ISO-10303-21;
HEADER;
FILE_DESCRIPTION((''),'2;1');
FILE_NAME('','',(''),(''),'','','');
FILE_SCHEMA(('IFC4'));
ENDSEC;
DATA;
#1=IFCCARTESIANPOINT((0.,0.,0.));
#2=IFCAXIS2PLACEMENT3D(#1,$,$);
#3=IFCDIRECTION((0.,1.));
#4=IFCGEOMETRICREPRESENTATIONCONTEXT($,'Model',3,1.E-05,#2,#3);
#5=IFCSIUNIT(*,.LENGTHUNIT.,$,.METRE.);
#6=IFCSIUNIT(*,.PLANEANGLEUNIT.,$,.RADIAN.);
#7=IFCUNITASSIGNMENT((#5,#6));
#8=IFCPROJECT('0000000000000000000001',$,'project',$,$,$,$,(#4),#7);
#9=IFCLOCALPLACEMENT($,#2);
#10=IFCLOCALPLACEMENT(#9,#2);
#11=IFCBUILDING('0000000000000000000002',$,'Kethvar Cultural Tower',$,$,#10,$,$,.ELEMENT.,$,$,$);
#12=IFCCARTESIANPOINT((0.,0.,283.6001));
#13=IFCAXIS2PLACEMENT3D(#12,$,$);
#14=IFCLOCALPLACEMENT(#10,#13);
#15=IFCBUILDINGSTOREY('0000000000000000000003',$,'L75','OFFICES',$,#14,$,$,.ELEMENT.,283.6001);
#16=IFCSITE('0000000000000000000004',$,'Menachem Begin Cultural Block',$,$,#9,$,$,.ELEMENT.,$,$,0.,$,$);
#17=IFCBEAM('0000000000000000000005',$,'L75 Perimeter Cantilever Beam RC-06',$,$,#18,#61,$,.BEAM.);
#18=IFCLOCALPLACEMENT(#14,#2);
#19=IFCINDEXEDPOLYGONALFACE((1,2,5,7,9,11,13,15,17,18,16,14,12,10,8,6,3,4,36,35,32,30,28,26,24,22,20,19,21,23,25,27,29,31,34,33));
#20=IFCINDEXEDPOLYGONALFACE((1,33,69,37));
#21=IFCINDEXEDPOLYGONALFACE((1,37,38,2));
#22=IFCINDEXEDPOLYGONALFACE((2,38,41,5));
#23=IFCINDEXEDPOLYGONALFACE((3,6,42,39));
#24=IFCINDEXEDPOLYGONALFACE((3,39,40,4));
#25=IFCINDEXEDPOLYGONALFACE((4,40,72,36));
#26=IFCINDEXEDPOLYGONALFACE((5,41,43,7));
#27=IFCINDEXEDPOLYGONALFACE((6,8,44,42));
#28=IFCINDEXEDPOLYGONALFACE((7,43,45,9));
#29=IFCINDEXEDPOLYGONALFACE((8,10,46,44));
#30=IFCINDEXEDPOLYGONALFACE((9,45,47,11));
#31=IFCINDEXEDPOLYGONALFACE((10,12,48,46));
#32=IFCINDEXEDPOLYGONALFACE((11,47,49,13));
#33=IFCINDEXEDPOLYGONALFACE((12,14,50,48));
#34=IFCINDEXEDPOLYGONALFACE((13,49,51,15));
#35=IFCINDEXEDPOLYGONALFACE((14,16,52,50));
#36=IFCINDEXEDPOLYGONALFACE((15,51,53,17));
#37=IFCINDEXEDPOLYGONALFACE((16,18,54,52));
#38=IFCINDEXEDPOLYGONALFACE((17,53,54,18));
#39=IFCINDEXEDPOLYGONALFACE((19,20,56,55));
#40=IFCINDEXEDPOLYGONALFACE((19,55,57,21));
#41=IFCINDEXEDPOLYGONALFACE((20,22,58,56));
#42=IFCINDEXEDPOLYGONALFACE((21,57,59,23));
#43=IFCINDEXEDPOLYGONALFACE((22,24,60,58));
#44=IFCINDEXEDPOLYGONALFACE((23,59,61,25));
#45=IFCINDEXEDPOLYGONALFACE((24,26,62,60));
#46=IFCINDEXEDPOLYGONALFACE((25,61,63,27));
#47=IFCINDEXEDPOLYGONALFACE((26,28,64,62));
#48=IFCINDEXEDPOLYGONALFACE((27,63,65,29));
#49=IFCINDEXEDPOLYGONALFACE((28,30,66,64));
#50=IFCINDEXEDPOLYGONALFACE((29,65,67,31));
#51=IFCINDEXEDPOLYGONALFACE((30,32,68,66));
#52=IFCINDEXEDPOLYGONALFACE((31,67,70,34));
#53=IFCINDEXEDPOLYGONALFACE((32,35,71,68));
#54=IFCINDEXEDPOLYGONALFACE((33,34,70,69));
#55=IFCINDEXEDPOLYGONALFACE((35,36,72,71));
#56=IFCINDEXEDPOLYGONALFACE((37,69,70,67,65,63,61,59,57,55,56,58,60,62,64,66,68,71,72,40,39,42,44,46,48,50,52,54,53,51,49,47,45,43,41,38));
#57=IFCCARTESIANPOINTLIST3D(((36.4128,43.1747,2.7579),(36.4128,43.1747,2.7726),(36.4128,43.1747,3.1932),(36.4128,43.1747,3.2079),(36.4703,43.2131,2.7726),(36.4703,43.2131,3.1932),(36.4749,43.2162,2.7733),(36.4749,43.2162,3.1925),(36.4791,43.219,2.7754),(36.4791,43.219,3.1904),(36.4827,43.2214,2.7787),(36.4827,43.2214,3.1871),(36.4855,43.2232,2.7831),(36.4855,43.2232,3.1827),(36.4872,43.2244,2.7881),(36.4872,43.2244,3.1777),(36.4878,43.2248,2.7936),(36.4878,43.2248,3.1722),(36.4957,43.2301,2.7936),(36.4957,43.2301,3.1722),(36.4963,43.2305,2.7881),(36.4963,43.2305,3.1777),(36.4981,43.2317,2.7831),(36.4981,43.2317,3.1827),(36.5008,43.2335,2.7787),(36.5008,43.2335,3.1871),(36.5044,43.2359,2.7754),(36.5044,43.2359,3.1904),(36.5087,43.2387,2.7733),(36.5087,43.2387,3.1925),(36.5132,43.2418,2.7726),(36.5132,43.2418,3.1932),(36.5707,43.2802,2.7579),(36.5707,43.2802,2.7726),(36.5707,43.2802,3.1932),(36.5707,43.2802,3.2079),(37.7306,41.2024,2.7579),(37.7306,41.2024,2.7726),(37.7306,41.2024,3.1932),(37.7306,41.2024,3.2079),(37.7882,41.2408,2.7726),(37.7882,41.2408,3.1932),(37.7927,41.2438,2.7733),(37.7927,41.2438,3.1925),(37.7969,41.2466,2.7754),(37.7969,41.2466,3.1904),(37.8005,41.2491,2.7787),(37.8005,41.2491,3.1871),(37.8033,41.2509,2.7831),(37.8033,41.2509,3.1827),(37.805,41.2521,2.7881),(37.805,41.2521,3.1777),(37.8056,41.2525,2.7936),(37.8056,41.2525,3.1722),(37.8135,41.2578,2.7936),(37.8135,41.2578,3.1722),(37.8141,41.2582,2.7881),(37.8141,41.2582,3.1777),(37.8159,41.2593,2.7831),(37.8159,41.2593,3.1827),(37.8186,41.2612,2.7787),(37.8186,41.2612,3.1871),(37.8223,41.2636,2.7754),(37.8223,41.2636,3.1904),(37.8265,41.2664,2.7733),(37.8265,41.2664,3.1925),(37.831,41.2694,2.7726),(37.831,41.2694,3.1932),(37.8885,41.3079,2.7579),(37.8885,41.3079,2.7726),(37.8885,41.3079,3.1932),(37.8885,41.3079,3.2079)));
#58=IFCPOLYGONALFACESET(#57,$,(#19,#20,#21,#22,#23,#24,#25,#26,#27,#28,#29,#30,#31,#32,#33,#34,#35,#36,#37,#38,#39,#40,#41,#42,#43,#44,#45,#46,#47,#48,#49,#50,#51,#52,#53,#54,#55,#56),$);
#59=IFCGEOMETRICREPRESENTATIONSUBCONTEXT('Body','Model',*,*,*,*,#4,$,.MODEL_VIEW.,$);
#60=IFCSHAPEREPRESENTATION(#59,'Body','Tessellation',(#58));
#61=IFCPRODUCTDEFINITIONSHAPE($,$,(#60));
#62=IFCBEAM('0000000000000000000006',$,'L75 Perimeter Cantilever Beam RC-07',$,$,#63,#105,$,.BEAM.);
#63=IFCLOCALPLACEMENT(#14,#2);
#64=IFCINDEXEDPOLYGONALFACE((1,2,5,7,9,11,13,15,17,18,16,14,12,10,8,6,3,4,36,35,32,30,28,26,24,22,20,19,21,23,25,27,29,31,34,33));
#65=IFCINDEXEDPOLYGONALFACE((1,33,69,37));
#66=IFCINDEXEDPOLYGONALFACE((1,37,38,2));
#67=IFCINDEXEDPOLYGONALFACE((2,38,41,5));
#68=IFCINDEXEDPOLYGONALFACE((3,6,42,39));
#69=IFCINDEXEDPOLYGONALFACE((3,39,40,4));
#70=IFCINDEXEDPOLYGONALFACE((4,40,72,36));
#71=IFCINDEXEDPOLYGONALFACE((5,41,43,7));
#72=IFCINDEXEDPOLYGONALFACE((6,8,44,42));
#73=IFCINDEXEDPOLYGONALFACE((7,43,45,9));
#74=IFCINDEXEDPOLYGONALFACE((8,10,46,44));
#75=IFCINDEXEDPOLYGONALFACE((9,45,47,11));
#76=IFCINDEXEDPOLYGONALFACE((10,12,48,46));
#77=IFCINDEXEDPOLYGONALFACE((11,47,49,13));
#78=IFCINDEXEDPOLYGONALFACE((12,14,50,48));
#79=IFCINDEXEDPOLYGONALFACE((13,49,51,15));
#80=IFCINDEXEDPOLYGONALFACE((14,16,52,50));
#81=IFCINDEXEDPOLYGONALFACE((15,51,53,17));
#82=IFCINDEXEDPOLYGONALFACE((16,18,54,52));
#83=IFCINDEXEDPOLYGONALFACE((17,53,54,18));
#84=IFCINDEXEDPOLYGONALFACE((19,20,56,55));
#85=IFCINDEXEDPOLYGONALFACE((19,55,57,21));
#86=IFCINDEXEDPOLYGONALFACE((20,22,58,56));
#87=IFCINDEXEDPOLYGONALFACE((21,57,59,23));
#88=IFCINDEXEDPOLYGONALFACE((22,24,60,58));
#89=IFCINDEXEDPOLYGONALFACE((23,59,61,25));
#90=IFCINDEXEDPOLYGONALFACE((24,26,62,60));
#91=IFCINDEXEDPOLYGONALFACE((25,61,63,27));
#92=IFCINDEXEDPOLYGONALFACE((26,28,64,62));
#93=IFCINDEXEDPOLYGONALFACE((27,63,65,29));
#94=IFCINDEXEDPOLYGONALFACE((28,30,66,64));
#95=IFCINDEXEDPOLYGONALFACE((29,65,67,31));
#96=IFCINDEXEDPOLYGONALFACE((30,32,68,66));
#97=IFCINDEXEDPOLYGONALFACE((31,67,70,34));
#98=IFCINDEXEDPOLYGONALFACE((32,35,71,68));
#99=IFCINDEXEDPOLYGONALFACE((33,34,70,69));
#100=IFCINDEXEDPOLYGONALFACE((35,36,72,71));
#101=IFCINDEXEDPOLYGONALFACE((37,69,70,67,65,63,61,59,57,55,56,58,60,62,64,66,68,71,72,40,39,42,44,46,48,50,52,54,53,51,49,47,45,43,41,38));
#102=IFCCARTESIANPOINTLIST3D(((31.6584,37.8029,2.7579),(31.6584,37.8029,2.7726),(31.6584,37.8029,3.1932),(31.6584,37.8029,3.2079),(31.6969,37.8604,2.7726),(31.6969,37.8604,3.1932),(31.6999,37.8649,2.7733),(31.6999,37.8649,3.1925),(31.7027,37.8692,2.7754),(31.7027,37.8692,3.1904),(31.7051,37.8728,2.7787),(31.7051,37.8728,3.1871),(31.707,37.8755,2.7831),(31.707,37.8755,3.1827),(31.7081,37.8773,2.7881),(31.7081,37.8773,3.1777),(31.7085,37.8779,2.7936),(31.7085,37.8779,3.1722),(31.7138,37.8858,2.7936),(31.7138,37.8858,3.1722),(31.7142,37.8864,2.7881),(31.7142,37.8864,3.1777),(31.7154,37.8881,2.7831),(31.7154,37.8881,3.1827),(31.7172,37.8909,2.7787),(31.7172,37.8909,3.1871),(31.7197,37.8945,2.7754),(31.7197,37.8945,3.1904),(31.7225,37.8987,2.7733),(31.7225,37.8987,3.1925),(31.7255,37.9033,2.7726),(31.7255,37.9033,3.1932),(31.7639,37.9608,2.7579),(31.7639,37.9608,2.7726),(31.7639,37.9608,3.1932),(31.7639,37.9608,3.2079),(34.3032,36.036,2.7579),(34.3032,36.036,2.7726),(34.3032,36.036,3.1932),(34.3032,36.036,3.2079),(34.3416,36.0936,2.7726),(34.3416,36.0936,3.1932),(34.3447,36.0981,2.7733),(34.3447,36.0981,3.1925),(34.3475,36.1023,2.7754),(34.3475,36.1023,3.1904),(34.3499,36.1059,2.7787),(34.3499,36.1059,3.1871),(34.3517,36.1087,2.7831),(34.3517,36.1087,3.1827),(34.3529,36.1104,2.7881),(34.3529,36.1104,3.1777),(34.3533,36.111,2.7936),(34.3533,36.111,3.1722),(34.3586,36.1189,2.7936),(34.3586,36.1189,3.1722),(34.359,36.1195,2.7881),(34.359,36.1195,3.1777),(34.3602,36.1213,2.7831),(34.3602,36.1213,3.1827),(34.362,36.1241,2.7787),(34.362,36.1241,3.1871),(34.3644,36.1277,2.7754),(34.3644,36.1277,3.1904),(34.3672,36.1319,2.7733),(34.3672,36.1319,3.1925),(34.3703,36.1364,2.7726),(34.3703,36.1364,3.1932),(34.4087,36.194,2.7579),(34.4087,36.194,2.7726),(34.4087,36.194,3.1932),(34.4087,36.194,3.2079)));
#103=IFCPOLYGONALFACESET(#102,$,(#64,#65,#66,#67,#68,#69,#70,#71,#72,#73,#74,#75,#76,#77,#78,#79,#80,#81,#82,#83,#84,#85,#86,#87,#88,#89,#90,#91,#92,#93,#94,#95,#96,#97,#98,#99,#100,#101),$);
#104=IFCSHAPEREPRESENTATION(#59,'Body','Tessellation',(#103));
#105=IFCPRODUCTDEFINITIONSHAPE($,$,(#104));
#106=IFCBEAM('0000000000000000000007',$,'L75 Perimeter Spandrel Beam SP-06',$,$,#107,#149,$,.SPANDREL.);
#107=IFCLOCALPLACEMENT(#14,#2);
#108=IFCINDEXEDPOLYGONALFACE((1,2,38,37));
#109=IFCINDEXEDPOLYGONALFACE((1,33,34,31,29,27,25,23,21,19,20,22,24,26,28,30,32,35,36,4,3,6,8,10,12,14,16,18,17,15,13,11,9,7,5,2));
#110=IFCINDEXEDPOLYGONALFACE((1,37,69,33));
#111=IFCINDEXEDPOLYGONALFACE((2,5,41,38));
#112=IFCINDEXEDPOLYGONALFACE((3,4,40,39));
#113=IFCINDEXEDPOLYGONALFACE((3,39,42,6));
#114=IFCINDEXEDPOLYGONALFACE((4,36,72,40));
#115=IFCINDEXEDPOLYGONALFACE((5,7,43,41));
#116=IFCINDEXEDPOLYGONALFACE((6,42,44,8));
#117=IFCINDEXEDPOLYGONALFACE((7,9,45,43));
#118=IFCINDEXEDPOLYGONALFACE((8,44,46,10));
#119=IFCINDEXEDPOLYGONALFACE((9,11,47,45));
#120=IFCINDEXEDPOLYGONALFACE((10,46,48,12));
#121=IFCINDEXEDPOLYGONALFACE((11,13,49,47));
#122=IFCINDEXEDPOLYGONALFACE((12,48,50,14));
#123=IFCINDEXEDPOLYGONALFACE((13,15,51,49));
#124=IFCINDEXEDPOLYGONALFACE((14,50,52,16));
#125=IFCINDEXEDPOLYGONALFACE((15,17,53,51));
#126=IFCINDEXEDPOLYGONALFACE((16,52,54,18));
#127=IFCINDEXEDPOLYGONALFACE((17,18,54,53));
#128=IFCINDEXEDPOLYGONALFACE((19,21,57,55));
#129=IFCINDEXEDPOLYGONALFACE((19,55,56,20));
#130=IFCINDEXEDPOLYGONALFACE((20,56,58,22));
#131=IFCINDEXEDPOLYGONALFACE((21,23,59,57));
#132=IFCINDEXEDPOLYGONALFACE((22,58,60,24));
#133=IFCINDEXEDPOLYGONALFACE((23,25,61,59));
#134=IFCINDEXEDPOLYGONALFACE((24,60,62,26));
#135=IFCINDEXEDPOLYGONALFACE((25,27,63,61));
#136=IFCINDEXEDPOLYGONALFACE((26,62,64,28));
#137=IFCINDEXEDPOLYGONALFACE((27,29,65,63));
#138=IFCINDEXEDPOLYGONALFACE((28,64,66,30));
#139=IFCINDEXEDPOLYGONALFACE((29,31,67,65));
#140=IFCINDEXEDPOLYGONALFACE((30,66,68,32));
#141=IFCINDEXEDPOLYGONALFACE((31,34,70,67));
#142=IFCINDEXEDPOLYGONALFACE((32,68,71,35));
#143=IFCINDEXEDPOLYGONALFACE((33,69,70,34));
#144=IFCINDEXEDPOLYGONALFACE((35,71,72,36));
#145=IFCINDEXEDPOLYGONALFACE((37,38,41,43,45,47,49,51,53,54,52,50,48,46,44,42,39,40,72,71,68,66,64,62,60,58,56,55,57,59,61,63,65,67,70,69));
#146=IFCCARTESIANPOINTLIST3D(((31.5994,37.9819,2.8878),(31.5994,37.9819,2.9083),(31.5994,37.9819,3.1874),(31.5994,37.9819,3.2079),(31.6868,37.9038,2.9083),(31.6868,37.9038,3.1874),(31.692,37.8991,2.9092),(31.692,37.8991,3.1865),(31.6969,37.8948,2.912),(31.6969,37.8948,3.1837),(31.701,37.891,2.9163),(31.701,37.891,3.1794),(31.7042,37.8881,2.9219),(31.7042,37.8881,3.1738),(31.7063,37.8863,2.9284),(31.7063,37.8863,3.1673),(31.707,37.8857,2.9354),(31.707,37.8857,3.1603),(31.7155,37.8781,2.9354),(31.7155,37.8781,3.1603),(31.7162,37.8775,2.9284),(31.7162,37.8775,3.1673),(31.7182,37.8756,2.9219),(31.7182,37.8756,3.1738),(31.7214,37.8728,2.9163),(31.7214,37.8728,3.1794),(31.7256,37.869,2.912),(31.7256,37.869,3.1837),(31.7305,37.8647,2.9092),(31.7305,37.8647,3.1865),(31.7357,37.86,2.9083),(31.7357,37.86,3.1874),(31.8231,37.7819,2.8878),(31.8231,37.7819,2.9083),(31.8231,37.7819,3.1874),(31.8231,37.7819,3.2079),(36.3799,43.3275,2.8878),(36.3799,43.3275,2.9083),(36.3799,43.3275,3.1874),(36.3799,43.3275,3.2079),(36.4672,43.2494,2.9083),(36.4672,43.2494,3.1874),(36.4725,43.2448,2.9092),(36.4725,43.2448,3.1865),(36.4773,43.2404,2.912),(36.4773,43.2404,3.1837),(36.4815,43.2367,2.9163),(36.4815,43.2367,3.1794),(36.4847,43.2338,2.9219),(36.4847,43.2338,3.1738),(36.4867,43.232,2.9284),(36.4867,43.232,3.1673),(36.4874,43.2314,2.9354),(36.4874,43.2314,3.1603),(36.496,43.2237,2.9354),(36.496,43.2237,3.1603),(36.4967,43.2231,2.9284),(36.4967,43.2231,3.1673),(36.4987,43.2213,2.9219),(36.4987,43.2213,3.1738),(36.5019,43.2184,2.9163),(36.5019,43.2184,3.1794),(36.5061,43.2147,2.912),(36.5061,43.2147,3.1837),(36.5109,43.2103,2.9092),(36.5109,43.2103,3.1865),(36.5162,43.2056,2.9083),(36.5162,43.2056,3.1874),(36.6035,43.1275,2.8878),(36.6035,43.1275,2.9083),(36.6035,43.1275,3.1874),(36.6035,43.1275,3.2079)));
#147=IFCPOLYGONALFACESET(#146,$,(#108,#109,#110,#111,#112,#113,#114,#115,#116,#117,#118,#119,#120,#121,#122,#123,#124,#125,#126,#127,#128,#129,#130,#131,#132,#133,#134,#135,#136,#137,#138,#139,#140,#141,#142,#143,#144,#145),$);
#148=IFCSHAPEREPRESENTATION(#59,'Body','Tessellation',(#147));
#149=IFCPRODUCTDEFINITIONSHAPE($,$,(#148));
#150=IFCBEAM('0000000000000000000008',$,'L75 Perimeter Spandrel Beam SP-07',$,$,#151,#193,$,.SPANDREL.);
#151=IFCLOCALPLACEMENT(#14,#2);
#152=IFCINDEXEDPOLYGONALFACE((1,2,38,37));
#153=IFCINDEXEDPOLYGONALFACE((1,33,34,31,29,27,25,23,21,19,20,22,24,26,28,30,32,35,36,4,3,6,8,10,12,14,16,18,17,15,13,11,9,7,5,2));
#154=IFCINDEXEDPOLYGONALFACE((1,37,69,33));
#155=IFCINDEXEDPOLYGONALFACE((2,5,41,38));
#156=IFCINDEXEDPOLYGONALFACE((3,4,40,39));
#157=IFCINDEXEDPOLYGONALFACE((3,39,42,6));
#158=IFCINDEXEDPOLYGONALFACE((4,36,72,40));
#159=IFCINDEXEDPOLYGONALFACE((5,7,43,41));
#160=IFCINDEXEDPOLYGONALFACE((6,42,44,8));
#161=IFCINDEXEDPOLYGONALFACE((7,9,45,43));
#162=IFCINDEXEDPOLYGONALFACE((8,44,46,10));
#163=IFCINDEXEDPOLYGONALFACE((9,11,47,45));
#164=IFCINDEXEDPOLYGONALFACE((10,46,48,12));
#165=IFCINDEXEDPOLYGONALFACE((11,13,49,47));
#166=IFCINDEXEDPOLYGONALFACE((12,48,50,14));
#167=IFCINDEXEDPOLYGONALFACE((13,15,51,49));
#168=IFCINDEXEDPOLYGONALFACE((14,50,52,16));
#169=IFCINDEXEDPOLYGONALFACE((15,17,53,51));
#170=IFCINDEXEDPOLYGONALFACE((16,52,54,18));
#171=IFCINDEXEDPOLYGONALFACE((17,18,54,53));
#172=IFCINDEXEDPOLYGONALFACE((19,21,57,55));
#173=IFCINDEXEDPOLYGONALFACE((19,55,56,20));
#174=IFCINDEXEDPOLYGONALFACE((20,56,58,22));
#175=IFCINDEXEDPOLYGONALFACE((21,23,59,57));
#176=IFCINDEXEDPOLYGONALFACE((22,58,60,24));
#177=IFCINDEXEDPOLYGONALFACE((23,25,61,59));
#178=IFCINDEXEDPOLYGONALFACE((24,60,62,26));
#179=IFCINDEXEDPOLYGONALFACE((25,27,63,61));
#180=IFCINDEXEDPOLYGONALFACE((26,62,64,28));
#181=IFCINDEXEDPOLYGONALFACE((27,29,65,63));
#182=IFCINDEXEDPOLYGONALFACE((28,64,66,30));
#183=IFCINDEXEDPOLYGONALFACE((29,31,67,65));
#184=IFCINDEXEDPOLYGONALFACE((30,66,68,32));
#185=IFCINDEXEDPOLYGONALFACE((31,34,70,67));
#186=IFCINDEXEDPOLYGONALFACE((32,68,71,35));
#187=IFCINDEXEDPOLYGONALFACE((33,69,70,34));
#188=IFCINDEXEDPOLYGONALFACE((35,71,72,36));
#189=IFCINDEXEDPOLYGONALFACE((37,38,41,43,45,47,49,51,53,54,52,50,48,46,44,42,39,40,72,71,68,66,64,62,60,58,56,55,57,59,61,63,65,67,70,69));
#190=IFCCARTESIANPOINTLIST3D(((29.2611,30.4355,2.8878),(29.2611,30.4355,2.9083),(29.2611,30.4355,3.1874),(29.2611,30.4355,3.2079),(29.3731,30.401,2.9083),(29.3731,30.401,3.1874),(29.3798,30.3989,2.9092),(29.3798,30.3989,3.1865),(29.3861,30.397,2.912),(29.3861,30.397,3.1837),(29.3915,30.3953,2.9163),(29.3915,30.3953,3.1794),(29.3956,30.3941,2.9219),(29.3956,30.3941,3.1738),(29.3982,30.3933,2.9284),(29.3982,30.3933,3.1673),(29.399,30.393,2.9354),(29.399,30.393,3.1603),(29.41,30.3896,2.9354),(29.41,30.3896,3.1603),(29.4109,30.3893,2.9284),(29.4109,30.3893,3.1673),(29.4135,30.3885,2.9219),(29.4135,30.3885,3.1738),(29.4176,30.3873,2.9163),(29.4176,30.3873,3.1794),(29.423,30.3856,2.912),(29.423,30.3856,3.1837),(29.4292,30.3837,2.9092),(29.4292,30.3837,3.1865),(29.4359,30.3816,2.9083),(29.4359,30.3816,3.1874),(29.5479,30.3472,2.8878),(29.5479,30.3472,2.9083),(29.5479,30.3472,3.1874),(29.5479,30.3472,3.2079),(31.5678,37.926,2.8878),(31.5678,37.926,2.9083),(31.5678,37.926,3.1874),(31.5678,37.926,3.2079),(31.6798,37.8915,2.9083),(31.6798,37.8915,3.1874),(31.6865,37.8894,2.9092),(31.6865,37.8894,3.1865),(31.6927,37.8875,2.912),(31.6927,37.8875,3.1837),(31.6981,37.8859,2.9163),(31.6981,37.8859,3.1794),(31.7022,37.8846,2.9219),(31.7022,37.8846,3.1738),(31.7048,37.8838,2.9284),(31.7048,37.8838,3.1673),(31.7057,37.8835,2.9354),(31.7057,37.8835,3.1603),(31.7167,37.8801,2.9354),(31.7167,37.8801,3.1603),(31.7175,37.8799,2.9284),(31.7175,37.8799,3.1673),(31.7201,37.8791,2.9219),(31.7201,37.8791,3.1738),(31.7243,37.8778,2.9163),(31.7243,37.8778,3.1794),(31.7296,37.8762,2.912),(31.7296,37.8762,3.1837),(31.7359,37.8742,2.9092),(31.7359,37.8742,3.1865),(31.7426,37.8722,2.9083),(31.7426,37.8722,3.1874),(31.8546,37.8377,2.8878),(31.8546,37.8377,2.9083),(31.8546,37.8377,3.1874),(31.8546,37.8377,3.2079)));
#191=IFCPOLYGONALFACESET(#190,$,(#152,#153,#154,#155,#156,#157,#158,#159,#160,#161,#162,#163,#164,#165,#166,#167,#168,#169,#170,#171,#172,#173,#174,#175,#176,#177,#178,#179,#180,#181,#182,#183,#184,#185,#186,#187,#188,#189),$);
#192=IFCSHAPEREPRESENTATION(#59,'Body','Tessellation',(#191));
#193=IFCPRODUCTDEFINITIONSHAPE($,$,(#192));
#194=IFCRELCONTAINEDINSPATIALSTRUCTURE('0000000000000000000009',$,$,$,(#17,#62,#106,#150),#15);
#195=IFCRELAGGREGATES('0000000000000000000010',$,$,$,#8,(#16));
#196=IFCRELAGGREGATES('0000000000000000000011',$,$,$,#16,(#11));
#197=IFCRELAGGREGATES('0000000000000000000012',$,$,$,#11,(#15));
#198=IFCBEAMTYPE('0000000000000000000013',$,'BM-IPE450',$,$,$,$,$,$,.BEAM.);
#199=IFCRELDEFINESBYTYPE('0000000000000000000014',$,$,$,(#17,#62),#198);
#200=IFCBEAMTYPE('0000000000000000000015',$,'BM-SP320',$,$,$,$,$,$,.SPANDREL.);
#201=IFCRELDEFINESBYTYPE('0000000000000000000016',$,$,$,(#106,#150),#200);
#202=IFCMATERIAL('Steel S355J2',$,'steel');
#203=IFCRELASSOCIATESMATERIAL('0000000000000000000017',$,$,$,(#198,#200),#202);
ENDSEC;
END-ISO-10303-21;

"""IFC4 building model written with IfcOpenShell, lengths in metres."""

from ifc_helpers import new_model, si_unit, direction, frame, origin, origin_2d, place, context, subcontext, project, spatial, i_section, extrude, source, transform, mapped, material, material_profile, profile_set, type_object, element, save


model = new_model("IFC4")

# Units and contexts
model_context = context("Model", 3, precision=1e-05, world=origin(), true_north=direction((0.0, 1.0)))
body_context = subcontext(model_context, "Body", "Model", "MODEL_VIEW")
ifc_project = project(units=[si_unit("LENGTHUNIT", "METRE"), si_unit("PLANEANGLEUNIT", "RADIAN")], contexts=[model_context])

# Site, building, storey
site_placement = place(None, origin())
site = spatial("IfcSite", under=ifc_project, at=site_placement, Name="Menachem Begin Cultural Block", CompositionType="ELEMENT", RefElevation=0.0)
building_placement = place(site_placement, origin())
building = spatial("IfcBuilding", under=site, at=building_placement, Name="Kethvar Cultural Tower", CompositionType="ELEMENT")
storey_placement = place(building_placement, frame((0.0, 0.0, 283.6001)))
storey = spatial("IfcBuildingStorey", under=building, at=storey_placement, Name="L75", Description="OFFICES", CompositionType="ELEMENT", Elevation=283.6001)

# Shared definitions
ifc_material_1 = material(Name="Steel S355J2", Category="steel")

# Beams
ifc_material_profile_1 = material_profile(ifc_material_1, i_section(OverallWidth=0.1899, OverallDepth=0.45, WebThickness=0.0095, FlangeThickness=0.0146, FilletRadius=0.021, at=origin_2d()), Name="Steel S355J2 — IPE450")
ifc_profile_set_1 = profile_set([ifc_material_profile_1], Name="Steel S355J2 — IPE450")
beam_type_1 = type_object("IfcBeamType", Name="BM-IPE450", PredefinedType="BEAM", material=ifc_profile_set_1)
shared_shape_1 = source(origin(), body_context, "Body", "SweptSolid", [
    extrude(i_section(OverallWidth=0.1899, OverallDepth=0.45, WebThickness=0.0095, FlangeThickness=0.0146, FilletRadius=0.021, at=origin_2d()), origin(), (0.0, 0.0, 1.0), 2.3721),
])
beam_1_placement = place(storey_placement, frame((37.8096, 41.2551, 2.9829), z_axis=(-0.555555, 0.83148, 0.0), x_axis=(-0.83148, -0.555555, 0.0)))
element("IfcBeam", 1, at=beam_1_placement, inside=storey, type_object=beam_type_1, Name="L75 Perimeter Cantilever Beam RC-06", PredefinedType="BEAM", context=body_context, shape_type="MappedRepresentation", body=[
    mapped(shared_shape_1, transform((0.0, 0.0, 0.0), scale=1.0)),
])
shared_shape_2 = source(origin(), body_context, "Body", "SweptSolid", [
    extrude(i_section(OverallWidth=0.1899, OverallDepth=0.45, WebThickness=0.0095, FlangeThickness=0.0146, FilletRadius=0.021, at=origin_2d()), origin(), (0.0, 0.0, 1.0), 3.1807),
])
beam_2_placement = place(storey_placement, frame((34.356, 36.115, 2.9829), z_axis=(-0.831519, 0.555497, 0.0), x_axis=(-0.555497, -0.831519, 0.0)))
element("IfcBeam", 2, at=beam_2_placement, inside=storey, type_object=beam_type_1, Name="L75 Perimeter Cantilever Beam RC-07", PredefinedType="BEAM", context=body_context, shape_type="MappedRepresentation", body=[
    mapped(shared_shape_2, transform((0.0, 0.0, 0.0), scale=1.0)),
])
ifc_material_profile_2 = material_profile(ifc_material_1, i_section(OverallWidth=0.3, OverallDepth=0.3201, WebThickness=0.0115, FlangeThickness=0.0205, FilletRadius=0.0271, at=origin_2d()), Name="Steel S355J2 — HEB320")
ifc_profile_set_2 = profile_set([ifc_material_profile_2], Name="Steel S355J2 — HEB320")
beam_type_2 = type_object("IfcBeamType", Name="BM-SP320", PredefinedType="SPANDREL", material=ifc_profile_set_2)
shared_shape_3 = source(origin(), body_context, "Body", "SweptSolid", [
    extrude(i_section(OverallWidth=0.3, OverallDepth=0.3201, WebThickness=0.0115, FlangeThickness=0.0205, FilletRadius=0.0271, at=origin_2d()), origin(), (0.0, 0.0, 1.0), 7.1714),
])
beam_3_placement = place(storey_placement, frame((36.4917, 43.2275, 3.0479), z_axis=(-0.666603, -0.745413, 0.0), x_axis=(0.745413, -0.666603, 0.0)))
element("IfcBeam", 3, at=beam_3_placement, inside=storey, type_object=beam_type_2, Name="L75 Perimeter Spandrel Beam SP-06", PredefinedType="SPANDREL", context=body_context, shape_type="MappedRepresentation", body=[
    mapped(shared_shape_3, transform((0.0, 0.0, 0.0), scale=1.0)),
])
shared_shape_4 = source(origin(), body_context, "Body", "SweptSolid", [
    extrude(i_section(OverallWidth=0.3, OverallDepth=0.3201, WebThickness=0.0115, FlangeThickness=0.0205, FilletRadius=0.0271, at=origin_2d()), origin(), (0.0, 0.0, 1.0), 7.8376),
])
beam_4_placement = place(storey_placement, frame((31.7112, 37.8818, 3.0479), z_axis=(-0.294305, -0.955712, 0.0), x_axis=(0.955712, -0.294305, 0.0)))
element("IfcBeam", 4, at=beam_4_placement, inside=storey, type_object=beam_type_2, Name="L75 Perimeter Spandrel Beam SP-07", PredefinedType="SPANDREL", context=body_context, shape_type="MappedRepresentation", body=[
    mapped(shared_shape_4, transform((0.0, 0.0, 0.0), scale=1.0)),
])

save(model, "model.ifc")
